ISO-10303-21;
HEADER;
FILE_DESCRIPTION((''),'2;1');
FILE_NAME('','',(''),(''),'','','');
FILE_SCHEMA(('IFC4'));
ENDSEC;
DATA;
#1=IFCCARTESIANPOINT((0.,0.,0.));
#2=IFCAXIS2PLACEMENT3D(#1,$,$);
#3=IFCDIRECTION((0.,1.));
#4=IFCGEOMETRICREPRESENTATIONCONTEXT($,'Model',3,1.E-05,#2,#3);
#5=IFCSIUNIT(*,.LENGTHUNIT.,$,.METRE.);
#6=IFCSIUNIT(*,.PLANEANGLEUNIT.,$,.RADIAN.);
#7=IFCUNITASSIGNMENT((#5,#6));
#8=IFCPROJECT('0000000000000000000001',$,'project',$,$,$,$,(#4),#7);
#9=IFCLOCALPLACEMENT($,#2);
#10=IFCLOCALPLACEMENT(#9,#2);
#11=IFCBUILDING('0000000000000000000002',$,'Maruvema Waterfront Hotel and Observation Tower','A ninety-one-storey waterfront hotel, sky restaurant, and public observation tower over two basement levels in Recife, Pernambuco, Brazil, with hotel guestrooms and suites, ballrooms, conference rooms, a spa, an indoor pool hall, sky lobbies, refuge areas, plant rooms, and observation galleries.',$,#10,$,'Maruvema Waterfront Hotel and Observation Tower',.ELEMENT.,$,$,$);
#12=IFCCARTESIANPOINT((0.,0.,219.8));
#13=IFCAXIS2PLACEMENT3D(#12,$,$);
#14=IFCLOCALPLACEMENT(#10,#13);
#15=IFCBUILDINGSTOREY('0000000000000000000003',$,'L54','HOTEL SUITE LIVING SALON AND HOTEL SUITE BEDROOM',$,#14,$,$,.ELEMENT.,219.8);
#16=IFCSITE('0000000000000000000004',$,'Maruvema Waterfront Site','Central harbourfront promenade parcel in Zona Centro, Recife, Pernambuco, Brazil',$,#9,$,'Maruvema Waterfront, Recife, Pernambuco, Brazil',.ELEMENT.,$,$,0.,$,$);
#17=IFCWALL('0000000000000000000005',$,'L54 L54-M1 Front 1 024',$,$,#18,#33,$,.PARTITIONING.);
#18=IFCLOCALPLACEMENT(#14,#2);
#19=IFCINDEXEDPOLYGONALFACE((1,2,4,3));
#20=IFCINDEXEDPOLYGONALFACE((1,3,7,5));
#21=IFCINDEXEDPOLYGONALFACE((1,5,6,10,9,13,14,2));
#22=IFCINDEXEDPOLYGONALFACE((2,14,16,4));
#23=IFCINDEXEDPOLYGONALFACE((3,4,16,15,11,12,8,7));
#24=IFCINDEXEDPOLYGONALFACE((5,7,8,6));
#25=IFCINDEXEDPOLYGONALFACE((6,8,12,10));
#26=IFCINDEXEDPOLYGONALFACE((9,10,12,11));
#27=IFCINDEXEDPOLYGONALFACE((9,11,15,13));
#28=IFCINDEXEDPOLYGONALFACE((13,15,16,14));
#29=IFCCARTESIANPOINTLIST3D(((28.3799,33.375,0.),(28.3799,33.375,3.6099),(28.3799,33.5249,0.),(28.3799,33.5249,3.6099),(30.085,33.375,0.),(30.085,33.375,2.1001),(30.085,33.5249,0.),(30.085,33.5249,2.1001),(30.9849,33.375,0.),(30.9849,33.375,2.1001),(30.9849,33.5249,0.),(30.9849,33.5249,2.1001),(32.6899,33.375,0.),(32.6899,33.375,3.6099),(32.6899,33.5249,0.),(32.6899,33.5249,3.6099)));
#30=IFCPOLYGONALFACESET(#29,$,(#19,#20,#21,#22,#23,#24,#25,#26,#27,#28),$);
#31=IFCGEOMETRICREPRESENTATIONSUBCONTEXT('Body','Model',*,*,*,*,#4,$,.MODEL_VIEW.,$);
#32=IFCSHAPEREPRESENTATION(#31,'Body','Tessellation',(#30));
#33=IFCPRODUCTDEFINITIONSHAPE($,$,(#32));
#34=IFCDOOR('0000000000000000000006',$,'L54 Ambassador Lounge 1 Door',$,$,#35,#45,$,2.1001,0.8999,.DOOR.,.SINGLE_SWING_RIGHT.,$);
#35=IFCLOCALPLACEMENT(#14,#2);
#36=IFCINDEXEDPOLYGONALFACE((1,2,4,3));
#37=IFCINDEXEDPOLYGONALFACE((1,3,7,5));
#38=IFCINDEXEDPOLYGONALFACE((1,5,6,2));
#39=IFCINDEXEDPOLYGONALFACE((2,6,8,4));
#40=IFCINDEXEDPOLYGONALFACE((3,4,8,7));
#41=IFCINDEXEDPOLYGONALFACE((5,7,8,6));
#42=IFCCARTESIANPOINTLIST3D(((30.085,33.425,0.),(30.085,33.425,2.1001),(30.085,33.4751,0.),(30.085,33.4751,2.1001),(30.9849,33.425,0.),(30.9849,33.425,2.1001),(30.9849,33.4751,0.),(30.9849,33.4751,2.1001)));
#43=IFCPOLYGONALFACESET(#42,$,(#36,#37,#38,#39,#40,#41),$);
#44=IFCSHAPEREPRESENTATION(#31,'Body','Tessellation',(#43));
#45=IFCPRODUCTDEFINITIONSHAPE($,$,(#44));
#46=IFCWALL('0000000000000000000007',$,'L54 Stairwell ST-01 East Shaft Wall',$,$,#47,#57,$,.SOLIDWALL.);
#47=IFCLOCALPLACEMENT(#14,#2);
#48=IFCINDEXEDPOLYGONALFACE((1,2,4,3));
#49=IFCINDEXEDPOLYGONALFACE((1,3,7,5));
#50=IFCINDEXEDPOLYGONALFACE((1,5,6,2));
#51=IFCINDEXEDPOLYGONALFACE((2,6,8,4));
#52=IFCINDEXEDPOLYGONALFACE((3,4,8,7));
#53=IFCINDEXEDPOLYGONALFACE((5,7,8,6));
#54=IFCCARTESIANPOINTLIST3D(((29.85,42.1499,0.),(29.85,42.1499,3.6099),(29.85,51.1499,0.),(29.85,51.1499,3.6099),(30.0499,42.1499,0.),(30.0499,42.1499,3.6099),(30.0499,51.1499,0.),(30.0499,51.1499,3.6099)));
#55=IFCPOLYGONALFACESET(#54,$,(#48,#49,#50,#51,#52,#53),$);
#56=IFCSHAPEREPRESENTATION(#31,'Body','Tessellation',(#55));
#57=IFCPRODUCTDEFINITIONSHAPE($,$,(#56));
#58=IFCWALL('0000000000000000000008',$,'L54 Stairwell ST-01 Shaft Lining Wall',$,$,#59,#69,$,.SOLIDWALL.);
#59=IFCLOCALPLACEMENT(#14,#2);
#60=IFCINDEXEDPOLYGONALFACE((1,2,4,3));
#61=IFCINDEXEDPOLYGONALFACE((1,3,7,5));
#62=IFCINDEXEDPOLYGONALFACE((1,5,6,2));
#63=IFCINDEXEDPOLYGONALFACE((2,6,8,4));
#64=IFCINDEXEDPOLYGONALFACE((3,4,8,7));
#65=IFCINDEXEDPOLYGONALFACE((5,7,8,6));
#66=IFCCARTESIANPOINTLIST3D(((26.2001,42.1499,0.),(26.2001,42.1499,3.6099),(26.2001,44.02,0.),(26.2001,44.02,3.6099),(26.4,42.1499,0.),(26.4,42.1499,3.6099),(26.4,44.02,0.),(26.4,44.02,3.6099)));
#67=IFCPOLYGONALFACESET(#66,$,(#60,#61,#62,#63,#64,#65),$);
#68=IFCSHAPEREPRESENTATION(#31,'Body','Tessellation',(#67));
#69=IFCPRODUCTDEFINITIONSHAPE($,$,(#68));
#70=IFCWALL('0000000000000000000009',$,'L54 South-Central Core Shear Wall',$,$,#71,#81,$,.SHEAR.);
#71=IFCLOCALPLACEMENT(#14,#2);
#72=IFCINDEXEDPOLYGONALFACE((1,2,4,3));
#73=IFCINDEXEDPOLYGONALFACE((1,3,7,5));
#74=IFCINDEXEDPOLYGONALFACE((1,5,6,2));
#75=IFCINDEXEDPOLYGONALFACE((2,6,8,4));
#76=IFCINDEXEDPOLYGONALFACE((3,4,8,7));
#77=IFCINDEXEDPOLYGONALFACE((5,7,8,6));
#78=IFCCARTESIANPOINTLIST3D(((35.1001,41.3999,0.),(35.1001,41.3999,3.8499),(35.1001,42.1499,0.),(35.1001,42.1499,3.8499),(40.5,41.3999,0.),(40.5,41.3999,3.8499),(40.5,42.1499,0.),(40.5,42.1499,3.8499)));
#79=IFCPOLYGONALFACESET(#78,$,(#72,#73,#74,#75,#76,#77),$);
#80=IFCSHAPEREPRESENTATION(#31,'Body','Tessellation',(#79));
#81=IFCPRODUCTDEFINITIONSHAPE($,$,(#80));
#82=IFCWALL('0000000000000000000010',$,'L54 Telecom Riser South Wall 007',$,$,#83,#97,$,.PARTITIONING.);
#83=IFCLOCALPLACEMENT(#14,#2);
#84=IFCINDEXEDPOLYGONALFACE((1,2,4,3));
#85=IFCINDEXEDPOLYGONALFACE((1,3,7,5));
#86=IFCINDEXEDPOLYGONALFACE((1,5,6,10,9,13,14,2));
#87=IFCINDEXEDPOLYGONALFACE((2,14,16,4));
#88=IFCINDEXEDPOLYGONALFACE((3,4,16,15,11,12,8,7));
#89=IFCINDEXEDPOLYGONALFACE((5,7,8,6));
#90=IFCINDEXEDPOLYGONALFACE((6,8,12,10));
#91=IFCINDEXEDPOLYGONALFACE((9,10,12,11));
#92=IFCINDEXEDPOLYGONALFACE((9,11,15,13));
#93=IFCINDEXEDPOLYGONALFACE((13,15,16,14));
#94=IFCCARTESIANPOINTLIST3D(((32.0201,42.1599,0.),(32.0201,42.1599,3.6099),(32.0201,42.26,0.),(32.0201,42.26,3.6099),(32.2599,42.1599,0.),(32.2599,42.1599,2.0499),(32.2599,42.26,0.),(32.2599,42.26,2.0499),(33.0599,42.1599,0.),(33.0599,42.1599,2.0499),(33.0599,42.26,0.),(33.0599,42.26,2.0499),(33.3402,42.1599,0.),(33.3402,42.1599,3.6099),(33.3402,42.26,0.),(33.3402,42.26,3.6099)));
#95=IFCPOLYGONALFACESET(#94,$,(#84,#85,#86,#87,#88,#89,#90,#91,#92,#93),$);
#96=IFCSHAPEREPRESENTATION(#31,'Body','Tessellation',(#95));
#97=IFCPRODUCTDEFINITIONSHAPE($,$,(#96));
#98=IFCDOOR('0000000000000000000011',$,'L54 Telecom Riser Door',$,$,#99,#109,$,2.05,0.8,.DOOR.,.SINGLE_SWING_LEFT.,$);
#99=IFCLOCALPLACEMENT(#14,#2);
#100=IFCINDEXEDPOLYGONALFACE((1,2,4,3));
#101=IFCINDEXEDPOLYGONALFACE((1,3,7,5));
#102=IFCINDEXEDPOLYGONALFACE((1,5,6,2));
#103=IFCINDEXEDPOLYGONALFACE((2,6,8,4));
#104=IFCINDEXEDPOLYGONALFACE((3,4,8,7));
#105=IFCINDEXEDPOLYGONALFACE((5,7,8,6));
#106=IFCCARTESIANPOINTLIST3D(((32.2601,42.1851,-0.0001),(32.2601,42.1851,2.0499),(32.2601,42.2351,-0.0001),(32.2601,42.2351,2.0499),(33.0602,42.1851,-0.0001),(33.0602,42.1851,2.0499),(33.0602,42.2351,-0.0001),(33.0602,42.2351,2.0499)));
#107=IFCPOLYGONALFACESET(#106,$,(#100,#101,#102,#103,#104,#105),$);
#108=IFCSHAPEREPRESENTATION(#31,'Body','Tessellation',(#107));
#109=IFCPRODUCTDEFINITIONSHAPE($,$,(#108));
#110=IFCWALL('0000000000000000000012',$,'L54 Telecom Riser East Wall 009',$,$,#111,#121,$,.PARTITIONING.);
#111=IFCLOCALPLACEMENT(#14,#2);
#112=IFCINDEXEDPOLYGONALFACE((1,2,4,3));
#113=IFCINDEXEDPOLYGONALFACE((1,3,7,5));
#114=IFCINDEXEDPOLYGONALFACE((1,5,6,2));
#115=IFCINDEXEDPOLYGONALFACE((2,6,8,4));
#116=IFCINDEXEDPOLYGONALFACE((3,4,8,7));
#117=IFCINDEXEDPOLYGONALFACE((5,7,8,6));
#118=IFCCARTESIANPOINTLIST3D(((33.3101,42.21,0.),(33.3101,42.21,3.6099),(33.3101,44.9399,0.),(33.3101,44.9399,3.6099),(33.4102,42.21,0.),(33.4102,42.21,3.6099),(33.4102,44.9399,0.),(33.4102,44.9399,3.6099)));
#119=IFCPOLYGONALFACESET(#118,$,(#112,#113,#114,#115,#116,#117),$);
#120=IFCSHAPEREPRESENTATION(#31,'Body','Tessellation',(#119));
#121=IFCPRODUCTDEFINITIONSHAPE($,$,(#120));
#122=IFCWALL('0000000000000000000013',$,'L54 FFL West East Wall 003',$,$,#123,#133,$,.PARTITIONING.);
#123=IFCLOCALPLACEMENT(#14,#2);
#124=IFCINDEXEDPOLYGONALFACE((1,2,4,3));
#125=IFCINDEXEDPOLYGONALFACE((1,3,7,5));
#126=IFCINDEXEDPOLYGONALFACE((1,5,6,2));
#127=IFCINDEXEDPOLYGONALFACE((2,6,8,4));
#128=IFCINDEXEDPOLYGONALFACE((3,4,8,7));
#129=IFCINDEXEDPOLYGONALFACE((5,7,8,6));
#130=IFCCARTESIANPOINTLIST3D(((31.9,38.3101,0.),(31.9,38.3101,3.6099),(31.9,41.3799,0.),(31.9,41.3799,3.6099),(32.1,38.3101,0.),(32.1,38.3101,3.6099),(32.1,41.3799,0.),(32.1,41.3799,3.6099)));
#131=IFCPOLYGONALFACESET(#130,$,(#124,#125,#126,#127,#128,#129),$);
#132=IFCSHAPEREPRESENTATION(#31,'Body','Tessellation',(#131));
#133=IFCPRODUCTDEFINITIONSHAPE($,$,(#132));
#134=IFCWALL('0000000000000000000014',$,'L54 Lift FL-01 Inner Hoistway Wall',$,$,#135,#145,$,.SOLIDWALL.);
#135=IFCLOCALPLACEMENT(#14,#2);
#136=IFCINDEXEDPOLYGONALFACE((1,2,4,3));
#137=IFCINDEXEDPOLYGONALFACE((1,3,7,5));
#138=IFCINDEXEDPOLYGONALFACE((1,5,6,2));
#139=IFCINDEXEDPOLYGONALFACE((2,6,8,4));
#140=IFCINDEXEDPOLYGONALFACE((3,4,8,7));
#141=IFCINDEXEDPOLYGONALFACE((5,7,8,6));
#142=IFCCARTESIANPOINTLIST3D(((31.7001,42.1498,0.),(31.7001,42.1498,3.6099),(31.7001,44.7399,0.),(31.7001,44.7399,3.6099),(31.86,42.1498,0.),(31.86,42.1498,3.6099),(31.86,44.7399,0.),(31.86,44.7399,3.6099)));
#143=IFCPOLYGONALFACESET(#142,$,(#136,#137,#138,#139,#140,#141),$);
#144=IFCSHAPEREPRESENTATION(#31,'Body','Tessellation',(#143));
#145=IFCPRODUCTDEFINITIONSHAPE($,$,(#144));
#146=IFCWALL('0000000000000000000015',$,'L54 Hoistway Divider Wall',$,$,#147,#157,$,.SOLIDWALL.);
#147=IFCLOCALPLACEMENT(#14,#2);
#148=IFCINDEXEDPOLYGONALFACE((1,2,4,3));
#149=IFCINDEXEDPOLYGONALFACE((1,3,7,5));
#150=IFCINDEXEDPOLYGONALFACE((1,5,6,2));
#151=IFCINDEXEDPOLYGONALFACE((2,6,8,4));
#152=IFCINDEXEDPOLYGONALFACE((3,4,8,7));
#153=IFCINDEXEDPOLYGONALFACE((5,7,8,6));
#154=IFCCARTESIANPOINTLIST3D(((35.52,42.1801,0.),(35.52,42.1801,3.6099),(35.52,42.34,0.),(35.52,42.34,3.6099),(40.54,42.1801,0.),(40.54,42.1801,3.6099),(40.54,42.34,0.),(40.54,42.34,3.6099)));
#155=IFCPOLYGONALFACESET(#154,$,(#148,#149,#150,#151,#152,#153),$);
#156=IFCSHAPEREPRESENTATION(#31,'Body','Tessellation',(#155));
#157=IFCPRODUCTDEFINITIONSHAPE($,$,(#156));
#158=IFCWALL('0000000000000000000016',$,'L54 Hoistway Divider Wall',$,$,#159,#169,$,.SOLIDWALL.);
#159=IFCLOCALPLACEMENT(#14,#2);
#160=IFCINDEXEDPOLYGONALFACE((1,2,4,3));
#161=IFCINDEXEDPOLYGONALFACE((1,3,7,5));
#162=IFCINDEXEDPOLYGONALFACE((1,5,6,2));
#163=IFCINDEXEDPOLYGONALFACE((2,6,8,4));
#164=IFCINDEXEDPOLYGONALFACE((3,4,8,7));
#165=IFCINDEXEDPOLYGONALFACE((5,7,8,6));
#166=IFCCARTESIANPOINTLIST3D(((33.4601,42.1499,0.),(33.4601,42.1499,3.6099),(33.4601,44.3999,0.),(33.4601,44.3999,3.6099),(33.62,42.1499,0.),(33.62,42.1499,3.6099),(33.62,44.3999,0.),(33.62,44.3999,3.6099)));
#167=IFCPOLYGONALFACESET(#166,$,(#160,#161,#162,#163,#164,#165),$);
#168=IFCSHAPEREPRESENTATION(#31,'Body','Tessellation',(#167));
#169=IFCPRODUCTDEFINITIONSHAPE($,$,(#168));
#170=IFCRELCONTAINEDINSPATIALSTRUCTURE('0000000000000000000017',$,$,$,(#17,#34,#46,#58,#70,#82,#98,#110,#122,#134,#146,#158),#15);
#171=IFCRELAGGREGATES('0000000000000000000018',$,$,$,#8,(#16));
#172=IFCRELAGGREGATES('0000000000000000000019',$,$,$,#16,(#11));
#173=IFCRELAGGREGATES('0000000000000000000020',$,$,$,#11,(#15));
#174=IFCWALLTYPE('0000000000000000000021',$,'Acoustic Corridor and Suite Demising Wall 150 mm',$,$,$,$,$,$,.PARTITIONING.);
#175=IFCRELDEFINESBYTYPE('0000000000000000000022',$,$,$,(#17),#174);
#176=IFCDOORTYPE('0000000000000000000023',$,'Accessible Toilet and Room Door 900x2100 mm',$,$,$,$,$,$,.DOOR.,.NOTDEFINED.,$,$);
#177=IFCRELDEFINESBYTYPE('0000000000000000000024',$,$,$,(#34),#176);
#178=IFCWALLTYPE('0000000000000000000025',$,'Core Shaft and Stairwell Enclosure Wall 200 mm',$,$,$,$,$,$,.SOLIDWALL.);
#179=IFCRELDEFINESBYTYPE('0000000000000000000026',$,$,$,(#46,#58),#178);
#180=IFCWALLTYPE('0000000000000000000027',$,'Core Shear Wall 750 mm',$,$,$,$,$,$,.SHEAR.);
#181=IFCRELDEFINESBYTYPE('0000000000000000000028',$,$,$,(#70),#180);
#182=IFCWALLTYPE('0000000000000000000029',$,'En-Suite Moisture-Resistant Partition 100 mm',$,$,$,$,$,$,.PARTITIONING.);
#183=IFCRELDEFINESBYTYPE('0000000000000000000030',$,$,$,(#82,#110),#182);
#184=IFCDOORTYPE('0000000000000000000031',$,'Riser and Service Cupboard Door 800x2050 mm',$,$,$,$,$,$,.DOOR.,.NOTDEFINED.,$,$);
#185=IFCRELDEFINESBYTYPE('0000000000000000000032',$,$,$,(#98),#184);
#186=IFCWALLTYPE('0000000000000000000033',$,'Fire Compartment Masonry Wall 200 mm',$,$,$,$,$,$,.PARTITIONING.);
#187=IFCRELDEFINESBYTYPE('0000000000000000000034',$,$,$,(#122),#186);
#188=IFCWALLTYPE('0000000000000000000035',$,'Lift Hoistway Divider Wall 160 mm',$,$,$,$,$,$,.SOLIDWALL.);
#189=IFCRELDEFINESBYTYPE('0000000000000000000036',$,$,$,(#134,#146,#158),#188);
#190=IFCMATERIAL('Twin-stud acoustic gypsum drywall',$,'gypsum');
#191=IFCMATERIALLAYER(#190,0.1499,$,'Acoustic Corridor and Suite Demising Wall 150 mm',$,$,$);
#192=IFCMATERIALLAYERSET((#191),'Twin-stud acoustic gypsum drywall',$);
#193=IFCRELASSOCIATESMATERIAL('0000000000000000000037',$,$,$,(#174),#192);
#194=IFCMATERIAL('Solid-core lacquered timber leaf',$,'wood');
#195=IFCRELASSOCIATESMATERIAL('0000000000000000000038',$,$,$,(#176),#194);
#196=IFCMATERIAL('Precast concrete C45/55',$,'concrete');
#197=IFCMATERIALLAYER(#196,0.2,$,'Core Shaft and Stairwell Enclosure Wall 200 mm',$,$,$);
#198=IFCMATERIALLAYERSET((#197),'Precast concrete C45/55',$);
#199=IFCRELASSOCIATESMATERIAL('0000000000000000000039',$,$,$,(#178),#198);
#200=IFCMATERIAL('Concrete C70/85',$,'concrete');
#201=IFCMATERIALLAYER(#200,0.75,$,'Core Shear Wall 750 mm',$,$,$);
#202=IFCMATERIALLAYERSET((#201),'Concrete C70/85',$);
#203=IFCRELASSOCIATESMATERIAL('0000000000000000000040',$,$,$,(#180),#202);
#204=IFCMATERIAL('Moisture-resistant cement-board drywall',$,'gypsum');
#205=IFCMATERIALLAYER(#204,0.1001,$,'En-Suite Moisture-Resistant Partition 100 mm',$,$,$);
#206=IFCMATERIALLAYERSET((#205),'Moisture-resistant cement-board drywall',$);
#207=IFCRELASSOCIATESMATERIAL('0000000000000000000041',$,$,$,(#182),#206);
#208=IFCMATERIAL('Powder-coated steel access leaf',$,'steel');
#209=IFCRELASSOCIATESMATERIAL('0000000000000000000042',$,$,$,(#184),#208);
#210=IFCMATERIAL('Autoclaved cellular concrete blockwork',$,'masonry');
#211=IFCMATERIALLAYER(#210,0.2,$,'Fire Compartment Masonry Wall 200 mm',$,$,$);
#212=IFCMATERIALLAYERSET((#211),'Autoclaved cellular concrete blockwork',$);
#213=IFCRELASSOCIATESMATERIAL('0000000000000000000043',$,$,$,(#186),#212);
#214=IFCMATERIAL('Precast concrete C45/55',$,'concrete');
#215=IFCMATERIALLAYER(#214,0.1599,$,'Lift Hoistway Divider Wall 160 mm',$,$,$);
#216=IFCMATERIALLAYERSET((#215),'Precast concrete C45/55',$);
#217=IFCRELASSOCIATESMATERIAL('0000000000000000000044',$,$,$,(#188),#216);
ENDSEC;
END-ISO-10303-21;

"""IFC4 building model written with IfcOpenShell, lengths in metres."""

from ifc_helpers import new_model, si_unit, direction, frame, frame_2d, origin, place, context, subcontext, project, spatial, rectangle, extrude, material, layer, layer_set, type_object, element, fill, save


model = new_model("IFC4")

# Units and contexts
model_context = context("Model", 3, precision=1e-05, world=origin(), true_north=direction((0.0, 1.0)))
body_context = subcontext(model_context, "Body", "Model", "MODEL_VIEW")
ifc_project = project(units=[si_unit("LENGTHUNIT", "METRE"), si_unit("PLANEANGLEUNIT", "RADIAN")], contexts=[model_context])

# Site, building, storey
site_placement = place(None, origin())
site = spatial("IfcSite", under=ifc_project, at=site_placement, Name="Maruvema Waterfront Site", Description="Central harbourfront promenade parcel in Zona Centro, Recife, Pernambuco, Brazil", LongName="Maruvema Waterfront, Recife, Pernambuco, Brazil", CompositionType="ELEMENT", RefElevation=0.0)
building_placement = place(site_placement, origin())
building = spatial("IfcBuilding", under=site, at=building_placement, Name="Maruvema Waterfront Hotel and Observation Tower", Description="A ninety-one-storey waterfront hotel, sky restaurant, and public observation tower over two basement levels in Recife, Pernambuco, Brazil, with hotel guestrooms and suites, ballrooms, conference rooms, a spa, an indoor pool hall, sky lobbies, refuge areas, plant rooms, and observation galleries.", LongName="Maruvema Waterfront Hotel and Observation Tower", CompositionType="ELEMENT")
storey_placement = place(building_placement, frame((0.0, 0.0, 219.8)))
storey = spatial("IfcBuildingStorey", under=building, at=storey_placement, Name="L54", Description="HOTEL SUITE LIVING SALON AND HOTEL SUITE BEDROOM", CompositionType="ELEMENT", Elevation=219.8)

# Shared definitions
ifc_material_1 = material(Name="Twin-stud acoustic gypsum drywall", Category="gypsum")
ifc_layer_1 = layer(ifc_material_1, 0.1499, Name="Acoustic Corridor and Suite Demising Wall 150 mm")
ifc_layer_set_1 = layer_set([ifc_layer_1], Name="Twin-stud acoustic gypsum drywall")
wall_type_1 = type_object("IfcWallType", Name="Acoustic Corridor and Suite Demising Wall 150 mm", PredefinedType="PARTITIONING", material=ifc_layer_set_1)
ifc_material_2 = material(Name="Solid-core lacquered timber leaf", Category="wood")
door_type_1 = type_object("IfcDoorType", Name="Accessible Toilet and Room Door 900x2100 mm", OperationType="NOTDEFINED", PredefinedType="DOOR", material=ifc_material_2)

# Wall, opening, door
wall_1_placement = place(storey_placement, frame((28.3799, 33.45, 0.0), z_axis=(0.0, 0.0, 1.0), x_axis=(1.0, 0.0, 0.0)))
wall_1 = element("IfcWall", 1, at=wall_1_placement, inside=storey, type_object=wall_type_1, Name="L54 L54-M1 Front 1 024", PredefinedType="PARTITIONING", context=body_context, shape_type="SweptSolid", body=[
    extrude(rectangle(XDim=4.3101, YDim=0.1499, at=frame_2d((2.155, 0.0))), origin(), (0.0, 0.0, 1.0), 3.6099),
])
opening_1_placement = place(wall_1_placement, frame((1.7051, 0.0, 0.0)))
opening_1 = element("IfcOpeningElement", 2, at=opening_1_placement, cuts=wall_1, PredefinedType="OPENING", context=body_context, shape_type="SweptSolid", body=[
    extrude(rectangle(XDim=0.8999, YDim=2.1001, at=frame_2d((0.45, 1.05))), frame((0.0, 0.085, 0.0), z_axis=(0.0, -1.0, 0.0), x_axis=(1.0, 0.0, 0.0)), (0.0, 0.0, 1.0), 0.1699),
])
door_1_placement = place(opening_1_placement, frame((0.8999, 0.0, 0.0), z_axis=(0.0, 0.0, 1.0), x_axis=(-1.0, 0.0, 0.0)))
door_1 = element("IfcDoor", 3, at=door_1_placement, inside=storey, type_object=door_type_1, Name="L54 Ambassador Lounge 1 Door", OperationType="SINGLE_SWING_RIGHT", OverallHeight=2.1001, OverallWidth=0.8999, PredefinedType="DOOR", context=body_context, shape_type="SweptSolid", body=[
    extrude(rectangle(XDim=0.8999, YDim=2.1001, at=frame_2d((0.45, 1.05))), frame((0.0, 0.0249, 0.0), z_axis=(0.0, -1.0, 0.0), x_axis=(1.0, 0.0, 0.0)), (0.0, 0.0, 1.0), 0.05),
])
fill(opening_1, door_1)

# Walls
ifc_material_3 = material(Name="Precast concrete C45/55", Category="concrete")
ifc_layer_2 = layer(ifc_material_3, 0.2, Name="Core Shaft and Stairwell Enclosure Wall 200 mm")
ifc_layer_set_2 = layer_set([ifc_layer_2], Name="Precast concrete C45/55")
wall_type_2 = type_object("IfcWallType", Name="Core Shaft and Stairwell Enclosure Wall 200 mm", PredefinedType="SOLIDWALL", material=ifc_layer_set_2)
wall_2_placement = place(storey_placement, frame((29.95, 42.1499, 0.0), z_axis=(0.0, 0.0, 1.0), x_axis=(0.0, 1.0, 0.0)))
element("IfcWall", 4, at=wall_2_placement, inside=storey, type_object=wall_type_2, Name="L54 Stairwell ST-01 East Shaft Wall", PredefinedType="SOLIDWALL", context=body_context, shape_type="SweptSolid", body=[
    extrude(rectangle(XDim=9.0, YDim=0.2, at=frame_2d((4.5, 0.0))), origin(), (0.0, 0.0, 1.0), 3.6099),
])
wall_3_placement = place(storey_placement, frame((26.3, 42.1499, 0.0), z_axis=(0.0, 0.0, 1.0), x_axis=(0.0, 1.0, 0.0)))
element("IfcWall", 5, at=wall_3_placement, inside=storey, type_object=wall_type_2, Name="L54 Stairwell ST-01 Shaft Lining Wall", PredefinedType="SOLIDWALL", context=body_context, shape_type="SweptSolid", body=[
    extrude(rectangle(XDim=1.8701, YDim=0.2, at=frame_2d((0.9351, 0.0))), origin(), (0.0, 0.0, 1.0), 3.6099),
])
ifc_material_4 = material(Name="Concrete C70/85", Category="concrete")
ifc_layer_3 = layer(ifc_material_4, 0.75, Name="Core Shear Wall 750 mm")
ifc_layer_set_3 = layer_set([ifc_layer_3], Name="Concrete C70/85")
wall_type_3 = type_object("IfcWallType", Name="Core Shear Wall 750 mm", PredefinedType="SHEAR", material=ifc_layer_set_3)
wall_4_placement = place(storey_placement, frame((35.1001, 41.7749, 0.0), z_axis=(0.0, 0.0, 1.0), x_axis=(1.0, 0.0, 0.0)))
element("IfcWall", 6, at=wall_4_placement, inside=storey, type_object=wall_type_3, Name="L54 South-Central Core Shear Wall", PredefinedType="SHEAR", context=body_context, shape_type="SweptSolid", body=[
    extrude(rectangle(XDim=5.3999, YDim=0.75, at=frame_2d((2.7, 0.0))), origin(), (0.0, 0.0, 1.0), 3.8499),
])

# Wall, opening, door
ifc_material_5 = material(Name="Moisture-resistant cement-board drywall", Category="gypsum")
ifc_layer_4 = layer(ifc_material_5, 0.1001, Name="En-Suite Moisture-Resistant Partition 100 mm")
ifc_layer_set_4 = layer_set([ifc_layer_4], Name="Moisture-resistant cement-board drywall")
wall_type_4 = type_object("IfcWallType", Name="En-Suite Moisture-Resistant Partition 100 mm", PredefinedType="PARTITIONING", material=ifc_layer_set_4)
wall_5_placement = place(storey_placement, frame((32.02, 42.21, 0.0), z_axis=(0.0, 0.0, 1.0), x_axis=(1.0, 0.0, 0.0)))
wall_5 = element("IfcWall", 7, at=wall_5_placement, inside=storey, type_object=wall_type_4, Name="L54 Telecom Riser South Wall 007", PredefinedType="PARTITIONING", context=body_context, shape_type="SweptSolid", body=[
    extrude(rectangle(XDim=1.3201, YDim=0.1001, at=frame_2d((0.6602, 0.0))), origin(), (0.0, 0.0, 1.0), 3.6099),
])
opening_2_placement = place(wall_5_placement, frame((0.24, 0.0, 0.0)))
opening_2 = element("IfcOpeningElement", 8, at=opening_2_placement, cuts=wall_5, PredefinedType="OPENING", context=body_context, shape_type="SweptSolid", body=[
    extrude(rectangle(XDim=0.8, YDim=2.05, at=frame_2d((0.3999, 1.0249))), frame((0.0, 0.0601, 0.0), z_axis=(0.0, -1.0, 0.0), x_axis=(1.0, 0.0, 0.0)), (0.0, 0.0, 1.0), 0.1201),
])
ifc_material_6 = material(Name="Powder-coated steel access leaf", Category="steel")
door_type_2 = type_object("IfcDoorType", Name="Riser and Service Cupboard Door 800x2050 mm", OperationType="NOTDEFINED", PredefinedType="DOOR", material=ifc_material_6)
door_2_placement = place(opening_2_placement, frame((0.8, 0.0, 0.0), z_axis=(0.0, 0.0, 1.0), x_axis=(-1.0, 0.0, 0.0)))
door_2 = element("IfcDoor", 9, at=door_2_placement, inside=storey, type_object=door_type_2, Name="L54 Telecom Riser Door", OperationType="SINGLE_SWING_LEFT", OverallHeight=2.05, OverallWidth=0.8, PredefinedType="DOOR", context=body_context, shape_type="SweptSolid", body=[
    extrude(rectangle(XDim=0.8, YDim=2.05, at=frame_2d((0.3999, 1.0249))), frame((0.0, 0.0249, 0.0), z_axis=(0.0, -1.0, 0.0), x_axis=(1.0, 0.0, 0.0)), (0.0, 0.0, 1.0), 0.05),
])
fill(opening_2, door_2)

# Walls
wall_6_placement = place(storey_placement, frame((33.3601, 42.21, 0.0), z_axis=(0.0, 0.0, 1.0), x_axis=(0.0, 1.0, 0.0)))
element("IfcWall", 10, at=wall_6_placement, inside=storey, type_object=wall_type_4, Name="L54 Telecom Riser East Wall 009", PredefinedType="PARTITIONING", context=body_context, shape_type="SweptSolid", body=[
    extrude(rectangle(XDim=2.73, YDim=0.1001, at=frame_2d((1.365, 0.0))), origin(), (0.0, 0.0, 1.0), 3.6099),
])
ifc_material_7 = material(Name="Autoclaved cellular concrete blockwork", Category="masonry")
ifc_layer_5 = layer(ifc_material_7, 0.2, Name="Fire Compartment Masonry Wall 200 mm")
ifc_layer_set_5 = layer_set([ifc_layer_5], Name="Autoclaved cellular concrete blockwork")
wall_type_5 = type_object("IfcWallType", Name="Fire Compartment Masonry Wall 200 mm", PredefinedType="PARTITIONING", material=ifc_layer_set_5)
wall_7_placement = place(storey_placement, frame((32.0, 38.3101, 0.0), z_axis=(0.0, 0.0, 1.0), x_axis=(0.0, 1.0, 0.0)))
element("IfcWall", 11, at=wall_7_placement, inside=storey, type_object=wall_type_5, Name="L54 FFL West East Wall 003", PredefinedType="PARTITIONING", context=body_context, shape_type="SweptSolid", body=[
    extrude(rectangle(XDim=3.0698, YDim=0.2, at=frame_2d((1.5349, 0.0))), origin(), (0.0, 0.0, 1.0), 3.6099),
])
ifc_material_8 = material(Name="Precast concrete C45/55", Category="concrete")
ifc_layer_6 = layer(ifc_material_8, 0.1599, Name="Lift Hoistway Divider Wall 160 mm")
ifc_layer_set_6 = layer_set([ifc_layer_6], Name="Precast concrete C45/55")
wall_type_6 = type_object("IfcWallType", Name="Lift Hoistway Divider Wall 160 mm", PredefinedType="SOLIDWALL", material=ifc_layer_set_6)
wall_8_placement = place(storey_placement, frame((31.78, 42.1499, 0.0), z_axis=(0.0, 0.0, 1.0), x_axis=(0.0, 1.0, 0.0)))
element("IfcWall", 12, at=wall_8_placement, inside=storey, type_object=wall_type_6, Name="L54 Lift FL-01 Inner Hoistway Wall", PredefinedType="SOLIDWALL", context=body_context, shape_type="SweptSolid", body=[
    extrude(rectangle(XDim=2.5901, YDim=0.1599, at=frame_2d((1.2949, 0.0))), origin(), (0.0, 0.0, 1.0), 3.6099),
])
wall_9_placement = place(storey_placement, frame((35.52, 42.26, 0.0), z_axis=(0.0, 0.0, 1.0), x_axis=(1.0, 0.0, 0.0)))
element("IfcWall", 13, at=wall_9_placement, inside=storey, type_object=wall_type_6, Name="L54 Hoistway Divider Wall", PredefinedType="SOLIDWALL", context=body_context, shape_type="SweptSolid", body=[
    extrude(rectangle(XDim=5.02, YDim=0.1599, at=frame_2d((2.51, 0.0))), origin(), (0.0, 0.0, 1.0), 3.6099),
])
for number, where, z_axis, x_axis, name in (
    (14, (33.54, 42.1499, 0.0), (0.0, 0.0, 1.0), (0.0, 1.0, 0.0), "L54 Hoistway Divider Wall"),
):
    element("IfcWall", number, at=place(storey_placement, frame(where, z_axis=z_axis, x_axis=x_axis)), inside=storey, type_object=wall_type_6, Name=name, PredefinedType="SOLIDWALL", context=body_context, shape_type="SweptSolid", body=[
        extrude(rectangle(XDim=2.25, YDim=0.1599, at=frame_2d((1.125, 0.0))), origin(), (0.0, 0.0, 1.0), 3.6099),
    ])

save(model, "model.ifc")
